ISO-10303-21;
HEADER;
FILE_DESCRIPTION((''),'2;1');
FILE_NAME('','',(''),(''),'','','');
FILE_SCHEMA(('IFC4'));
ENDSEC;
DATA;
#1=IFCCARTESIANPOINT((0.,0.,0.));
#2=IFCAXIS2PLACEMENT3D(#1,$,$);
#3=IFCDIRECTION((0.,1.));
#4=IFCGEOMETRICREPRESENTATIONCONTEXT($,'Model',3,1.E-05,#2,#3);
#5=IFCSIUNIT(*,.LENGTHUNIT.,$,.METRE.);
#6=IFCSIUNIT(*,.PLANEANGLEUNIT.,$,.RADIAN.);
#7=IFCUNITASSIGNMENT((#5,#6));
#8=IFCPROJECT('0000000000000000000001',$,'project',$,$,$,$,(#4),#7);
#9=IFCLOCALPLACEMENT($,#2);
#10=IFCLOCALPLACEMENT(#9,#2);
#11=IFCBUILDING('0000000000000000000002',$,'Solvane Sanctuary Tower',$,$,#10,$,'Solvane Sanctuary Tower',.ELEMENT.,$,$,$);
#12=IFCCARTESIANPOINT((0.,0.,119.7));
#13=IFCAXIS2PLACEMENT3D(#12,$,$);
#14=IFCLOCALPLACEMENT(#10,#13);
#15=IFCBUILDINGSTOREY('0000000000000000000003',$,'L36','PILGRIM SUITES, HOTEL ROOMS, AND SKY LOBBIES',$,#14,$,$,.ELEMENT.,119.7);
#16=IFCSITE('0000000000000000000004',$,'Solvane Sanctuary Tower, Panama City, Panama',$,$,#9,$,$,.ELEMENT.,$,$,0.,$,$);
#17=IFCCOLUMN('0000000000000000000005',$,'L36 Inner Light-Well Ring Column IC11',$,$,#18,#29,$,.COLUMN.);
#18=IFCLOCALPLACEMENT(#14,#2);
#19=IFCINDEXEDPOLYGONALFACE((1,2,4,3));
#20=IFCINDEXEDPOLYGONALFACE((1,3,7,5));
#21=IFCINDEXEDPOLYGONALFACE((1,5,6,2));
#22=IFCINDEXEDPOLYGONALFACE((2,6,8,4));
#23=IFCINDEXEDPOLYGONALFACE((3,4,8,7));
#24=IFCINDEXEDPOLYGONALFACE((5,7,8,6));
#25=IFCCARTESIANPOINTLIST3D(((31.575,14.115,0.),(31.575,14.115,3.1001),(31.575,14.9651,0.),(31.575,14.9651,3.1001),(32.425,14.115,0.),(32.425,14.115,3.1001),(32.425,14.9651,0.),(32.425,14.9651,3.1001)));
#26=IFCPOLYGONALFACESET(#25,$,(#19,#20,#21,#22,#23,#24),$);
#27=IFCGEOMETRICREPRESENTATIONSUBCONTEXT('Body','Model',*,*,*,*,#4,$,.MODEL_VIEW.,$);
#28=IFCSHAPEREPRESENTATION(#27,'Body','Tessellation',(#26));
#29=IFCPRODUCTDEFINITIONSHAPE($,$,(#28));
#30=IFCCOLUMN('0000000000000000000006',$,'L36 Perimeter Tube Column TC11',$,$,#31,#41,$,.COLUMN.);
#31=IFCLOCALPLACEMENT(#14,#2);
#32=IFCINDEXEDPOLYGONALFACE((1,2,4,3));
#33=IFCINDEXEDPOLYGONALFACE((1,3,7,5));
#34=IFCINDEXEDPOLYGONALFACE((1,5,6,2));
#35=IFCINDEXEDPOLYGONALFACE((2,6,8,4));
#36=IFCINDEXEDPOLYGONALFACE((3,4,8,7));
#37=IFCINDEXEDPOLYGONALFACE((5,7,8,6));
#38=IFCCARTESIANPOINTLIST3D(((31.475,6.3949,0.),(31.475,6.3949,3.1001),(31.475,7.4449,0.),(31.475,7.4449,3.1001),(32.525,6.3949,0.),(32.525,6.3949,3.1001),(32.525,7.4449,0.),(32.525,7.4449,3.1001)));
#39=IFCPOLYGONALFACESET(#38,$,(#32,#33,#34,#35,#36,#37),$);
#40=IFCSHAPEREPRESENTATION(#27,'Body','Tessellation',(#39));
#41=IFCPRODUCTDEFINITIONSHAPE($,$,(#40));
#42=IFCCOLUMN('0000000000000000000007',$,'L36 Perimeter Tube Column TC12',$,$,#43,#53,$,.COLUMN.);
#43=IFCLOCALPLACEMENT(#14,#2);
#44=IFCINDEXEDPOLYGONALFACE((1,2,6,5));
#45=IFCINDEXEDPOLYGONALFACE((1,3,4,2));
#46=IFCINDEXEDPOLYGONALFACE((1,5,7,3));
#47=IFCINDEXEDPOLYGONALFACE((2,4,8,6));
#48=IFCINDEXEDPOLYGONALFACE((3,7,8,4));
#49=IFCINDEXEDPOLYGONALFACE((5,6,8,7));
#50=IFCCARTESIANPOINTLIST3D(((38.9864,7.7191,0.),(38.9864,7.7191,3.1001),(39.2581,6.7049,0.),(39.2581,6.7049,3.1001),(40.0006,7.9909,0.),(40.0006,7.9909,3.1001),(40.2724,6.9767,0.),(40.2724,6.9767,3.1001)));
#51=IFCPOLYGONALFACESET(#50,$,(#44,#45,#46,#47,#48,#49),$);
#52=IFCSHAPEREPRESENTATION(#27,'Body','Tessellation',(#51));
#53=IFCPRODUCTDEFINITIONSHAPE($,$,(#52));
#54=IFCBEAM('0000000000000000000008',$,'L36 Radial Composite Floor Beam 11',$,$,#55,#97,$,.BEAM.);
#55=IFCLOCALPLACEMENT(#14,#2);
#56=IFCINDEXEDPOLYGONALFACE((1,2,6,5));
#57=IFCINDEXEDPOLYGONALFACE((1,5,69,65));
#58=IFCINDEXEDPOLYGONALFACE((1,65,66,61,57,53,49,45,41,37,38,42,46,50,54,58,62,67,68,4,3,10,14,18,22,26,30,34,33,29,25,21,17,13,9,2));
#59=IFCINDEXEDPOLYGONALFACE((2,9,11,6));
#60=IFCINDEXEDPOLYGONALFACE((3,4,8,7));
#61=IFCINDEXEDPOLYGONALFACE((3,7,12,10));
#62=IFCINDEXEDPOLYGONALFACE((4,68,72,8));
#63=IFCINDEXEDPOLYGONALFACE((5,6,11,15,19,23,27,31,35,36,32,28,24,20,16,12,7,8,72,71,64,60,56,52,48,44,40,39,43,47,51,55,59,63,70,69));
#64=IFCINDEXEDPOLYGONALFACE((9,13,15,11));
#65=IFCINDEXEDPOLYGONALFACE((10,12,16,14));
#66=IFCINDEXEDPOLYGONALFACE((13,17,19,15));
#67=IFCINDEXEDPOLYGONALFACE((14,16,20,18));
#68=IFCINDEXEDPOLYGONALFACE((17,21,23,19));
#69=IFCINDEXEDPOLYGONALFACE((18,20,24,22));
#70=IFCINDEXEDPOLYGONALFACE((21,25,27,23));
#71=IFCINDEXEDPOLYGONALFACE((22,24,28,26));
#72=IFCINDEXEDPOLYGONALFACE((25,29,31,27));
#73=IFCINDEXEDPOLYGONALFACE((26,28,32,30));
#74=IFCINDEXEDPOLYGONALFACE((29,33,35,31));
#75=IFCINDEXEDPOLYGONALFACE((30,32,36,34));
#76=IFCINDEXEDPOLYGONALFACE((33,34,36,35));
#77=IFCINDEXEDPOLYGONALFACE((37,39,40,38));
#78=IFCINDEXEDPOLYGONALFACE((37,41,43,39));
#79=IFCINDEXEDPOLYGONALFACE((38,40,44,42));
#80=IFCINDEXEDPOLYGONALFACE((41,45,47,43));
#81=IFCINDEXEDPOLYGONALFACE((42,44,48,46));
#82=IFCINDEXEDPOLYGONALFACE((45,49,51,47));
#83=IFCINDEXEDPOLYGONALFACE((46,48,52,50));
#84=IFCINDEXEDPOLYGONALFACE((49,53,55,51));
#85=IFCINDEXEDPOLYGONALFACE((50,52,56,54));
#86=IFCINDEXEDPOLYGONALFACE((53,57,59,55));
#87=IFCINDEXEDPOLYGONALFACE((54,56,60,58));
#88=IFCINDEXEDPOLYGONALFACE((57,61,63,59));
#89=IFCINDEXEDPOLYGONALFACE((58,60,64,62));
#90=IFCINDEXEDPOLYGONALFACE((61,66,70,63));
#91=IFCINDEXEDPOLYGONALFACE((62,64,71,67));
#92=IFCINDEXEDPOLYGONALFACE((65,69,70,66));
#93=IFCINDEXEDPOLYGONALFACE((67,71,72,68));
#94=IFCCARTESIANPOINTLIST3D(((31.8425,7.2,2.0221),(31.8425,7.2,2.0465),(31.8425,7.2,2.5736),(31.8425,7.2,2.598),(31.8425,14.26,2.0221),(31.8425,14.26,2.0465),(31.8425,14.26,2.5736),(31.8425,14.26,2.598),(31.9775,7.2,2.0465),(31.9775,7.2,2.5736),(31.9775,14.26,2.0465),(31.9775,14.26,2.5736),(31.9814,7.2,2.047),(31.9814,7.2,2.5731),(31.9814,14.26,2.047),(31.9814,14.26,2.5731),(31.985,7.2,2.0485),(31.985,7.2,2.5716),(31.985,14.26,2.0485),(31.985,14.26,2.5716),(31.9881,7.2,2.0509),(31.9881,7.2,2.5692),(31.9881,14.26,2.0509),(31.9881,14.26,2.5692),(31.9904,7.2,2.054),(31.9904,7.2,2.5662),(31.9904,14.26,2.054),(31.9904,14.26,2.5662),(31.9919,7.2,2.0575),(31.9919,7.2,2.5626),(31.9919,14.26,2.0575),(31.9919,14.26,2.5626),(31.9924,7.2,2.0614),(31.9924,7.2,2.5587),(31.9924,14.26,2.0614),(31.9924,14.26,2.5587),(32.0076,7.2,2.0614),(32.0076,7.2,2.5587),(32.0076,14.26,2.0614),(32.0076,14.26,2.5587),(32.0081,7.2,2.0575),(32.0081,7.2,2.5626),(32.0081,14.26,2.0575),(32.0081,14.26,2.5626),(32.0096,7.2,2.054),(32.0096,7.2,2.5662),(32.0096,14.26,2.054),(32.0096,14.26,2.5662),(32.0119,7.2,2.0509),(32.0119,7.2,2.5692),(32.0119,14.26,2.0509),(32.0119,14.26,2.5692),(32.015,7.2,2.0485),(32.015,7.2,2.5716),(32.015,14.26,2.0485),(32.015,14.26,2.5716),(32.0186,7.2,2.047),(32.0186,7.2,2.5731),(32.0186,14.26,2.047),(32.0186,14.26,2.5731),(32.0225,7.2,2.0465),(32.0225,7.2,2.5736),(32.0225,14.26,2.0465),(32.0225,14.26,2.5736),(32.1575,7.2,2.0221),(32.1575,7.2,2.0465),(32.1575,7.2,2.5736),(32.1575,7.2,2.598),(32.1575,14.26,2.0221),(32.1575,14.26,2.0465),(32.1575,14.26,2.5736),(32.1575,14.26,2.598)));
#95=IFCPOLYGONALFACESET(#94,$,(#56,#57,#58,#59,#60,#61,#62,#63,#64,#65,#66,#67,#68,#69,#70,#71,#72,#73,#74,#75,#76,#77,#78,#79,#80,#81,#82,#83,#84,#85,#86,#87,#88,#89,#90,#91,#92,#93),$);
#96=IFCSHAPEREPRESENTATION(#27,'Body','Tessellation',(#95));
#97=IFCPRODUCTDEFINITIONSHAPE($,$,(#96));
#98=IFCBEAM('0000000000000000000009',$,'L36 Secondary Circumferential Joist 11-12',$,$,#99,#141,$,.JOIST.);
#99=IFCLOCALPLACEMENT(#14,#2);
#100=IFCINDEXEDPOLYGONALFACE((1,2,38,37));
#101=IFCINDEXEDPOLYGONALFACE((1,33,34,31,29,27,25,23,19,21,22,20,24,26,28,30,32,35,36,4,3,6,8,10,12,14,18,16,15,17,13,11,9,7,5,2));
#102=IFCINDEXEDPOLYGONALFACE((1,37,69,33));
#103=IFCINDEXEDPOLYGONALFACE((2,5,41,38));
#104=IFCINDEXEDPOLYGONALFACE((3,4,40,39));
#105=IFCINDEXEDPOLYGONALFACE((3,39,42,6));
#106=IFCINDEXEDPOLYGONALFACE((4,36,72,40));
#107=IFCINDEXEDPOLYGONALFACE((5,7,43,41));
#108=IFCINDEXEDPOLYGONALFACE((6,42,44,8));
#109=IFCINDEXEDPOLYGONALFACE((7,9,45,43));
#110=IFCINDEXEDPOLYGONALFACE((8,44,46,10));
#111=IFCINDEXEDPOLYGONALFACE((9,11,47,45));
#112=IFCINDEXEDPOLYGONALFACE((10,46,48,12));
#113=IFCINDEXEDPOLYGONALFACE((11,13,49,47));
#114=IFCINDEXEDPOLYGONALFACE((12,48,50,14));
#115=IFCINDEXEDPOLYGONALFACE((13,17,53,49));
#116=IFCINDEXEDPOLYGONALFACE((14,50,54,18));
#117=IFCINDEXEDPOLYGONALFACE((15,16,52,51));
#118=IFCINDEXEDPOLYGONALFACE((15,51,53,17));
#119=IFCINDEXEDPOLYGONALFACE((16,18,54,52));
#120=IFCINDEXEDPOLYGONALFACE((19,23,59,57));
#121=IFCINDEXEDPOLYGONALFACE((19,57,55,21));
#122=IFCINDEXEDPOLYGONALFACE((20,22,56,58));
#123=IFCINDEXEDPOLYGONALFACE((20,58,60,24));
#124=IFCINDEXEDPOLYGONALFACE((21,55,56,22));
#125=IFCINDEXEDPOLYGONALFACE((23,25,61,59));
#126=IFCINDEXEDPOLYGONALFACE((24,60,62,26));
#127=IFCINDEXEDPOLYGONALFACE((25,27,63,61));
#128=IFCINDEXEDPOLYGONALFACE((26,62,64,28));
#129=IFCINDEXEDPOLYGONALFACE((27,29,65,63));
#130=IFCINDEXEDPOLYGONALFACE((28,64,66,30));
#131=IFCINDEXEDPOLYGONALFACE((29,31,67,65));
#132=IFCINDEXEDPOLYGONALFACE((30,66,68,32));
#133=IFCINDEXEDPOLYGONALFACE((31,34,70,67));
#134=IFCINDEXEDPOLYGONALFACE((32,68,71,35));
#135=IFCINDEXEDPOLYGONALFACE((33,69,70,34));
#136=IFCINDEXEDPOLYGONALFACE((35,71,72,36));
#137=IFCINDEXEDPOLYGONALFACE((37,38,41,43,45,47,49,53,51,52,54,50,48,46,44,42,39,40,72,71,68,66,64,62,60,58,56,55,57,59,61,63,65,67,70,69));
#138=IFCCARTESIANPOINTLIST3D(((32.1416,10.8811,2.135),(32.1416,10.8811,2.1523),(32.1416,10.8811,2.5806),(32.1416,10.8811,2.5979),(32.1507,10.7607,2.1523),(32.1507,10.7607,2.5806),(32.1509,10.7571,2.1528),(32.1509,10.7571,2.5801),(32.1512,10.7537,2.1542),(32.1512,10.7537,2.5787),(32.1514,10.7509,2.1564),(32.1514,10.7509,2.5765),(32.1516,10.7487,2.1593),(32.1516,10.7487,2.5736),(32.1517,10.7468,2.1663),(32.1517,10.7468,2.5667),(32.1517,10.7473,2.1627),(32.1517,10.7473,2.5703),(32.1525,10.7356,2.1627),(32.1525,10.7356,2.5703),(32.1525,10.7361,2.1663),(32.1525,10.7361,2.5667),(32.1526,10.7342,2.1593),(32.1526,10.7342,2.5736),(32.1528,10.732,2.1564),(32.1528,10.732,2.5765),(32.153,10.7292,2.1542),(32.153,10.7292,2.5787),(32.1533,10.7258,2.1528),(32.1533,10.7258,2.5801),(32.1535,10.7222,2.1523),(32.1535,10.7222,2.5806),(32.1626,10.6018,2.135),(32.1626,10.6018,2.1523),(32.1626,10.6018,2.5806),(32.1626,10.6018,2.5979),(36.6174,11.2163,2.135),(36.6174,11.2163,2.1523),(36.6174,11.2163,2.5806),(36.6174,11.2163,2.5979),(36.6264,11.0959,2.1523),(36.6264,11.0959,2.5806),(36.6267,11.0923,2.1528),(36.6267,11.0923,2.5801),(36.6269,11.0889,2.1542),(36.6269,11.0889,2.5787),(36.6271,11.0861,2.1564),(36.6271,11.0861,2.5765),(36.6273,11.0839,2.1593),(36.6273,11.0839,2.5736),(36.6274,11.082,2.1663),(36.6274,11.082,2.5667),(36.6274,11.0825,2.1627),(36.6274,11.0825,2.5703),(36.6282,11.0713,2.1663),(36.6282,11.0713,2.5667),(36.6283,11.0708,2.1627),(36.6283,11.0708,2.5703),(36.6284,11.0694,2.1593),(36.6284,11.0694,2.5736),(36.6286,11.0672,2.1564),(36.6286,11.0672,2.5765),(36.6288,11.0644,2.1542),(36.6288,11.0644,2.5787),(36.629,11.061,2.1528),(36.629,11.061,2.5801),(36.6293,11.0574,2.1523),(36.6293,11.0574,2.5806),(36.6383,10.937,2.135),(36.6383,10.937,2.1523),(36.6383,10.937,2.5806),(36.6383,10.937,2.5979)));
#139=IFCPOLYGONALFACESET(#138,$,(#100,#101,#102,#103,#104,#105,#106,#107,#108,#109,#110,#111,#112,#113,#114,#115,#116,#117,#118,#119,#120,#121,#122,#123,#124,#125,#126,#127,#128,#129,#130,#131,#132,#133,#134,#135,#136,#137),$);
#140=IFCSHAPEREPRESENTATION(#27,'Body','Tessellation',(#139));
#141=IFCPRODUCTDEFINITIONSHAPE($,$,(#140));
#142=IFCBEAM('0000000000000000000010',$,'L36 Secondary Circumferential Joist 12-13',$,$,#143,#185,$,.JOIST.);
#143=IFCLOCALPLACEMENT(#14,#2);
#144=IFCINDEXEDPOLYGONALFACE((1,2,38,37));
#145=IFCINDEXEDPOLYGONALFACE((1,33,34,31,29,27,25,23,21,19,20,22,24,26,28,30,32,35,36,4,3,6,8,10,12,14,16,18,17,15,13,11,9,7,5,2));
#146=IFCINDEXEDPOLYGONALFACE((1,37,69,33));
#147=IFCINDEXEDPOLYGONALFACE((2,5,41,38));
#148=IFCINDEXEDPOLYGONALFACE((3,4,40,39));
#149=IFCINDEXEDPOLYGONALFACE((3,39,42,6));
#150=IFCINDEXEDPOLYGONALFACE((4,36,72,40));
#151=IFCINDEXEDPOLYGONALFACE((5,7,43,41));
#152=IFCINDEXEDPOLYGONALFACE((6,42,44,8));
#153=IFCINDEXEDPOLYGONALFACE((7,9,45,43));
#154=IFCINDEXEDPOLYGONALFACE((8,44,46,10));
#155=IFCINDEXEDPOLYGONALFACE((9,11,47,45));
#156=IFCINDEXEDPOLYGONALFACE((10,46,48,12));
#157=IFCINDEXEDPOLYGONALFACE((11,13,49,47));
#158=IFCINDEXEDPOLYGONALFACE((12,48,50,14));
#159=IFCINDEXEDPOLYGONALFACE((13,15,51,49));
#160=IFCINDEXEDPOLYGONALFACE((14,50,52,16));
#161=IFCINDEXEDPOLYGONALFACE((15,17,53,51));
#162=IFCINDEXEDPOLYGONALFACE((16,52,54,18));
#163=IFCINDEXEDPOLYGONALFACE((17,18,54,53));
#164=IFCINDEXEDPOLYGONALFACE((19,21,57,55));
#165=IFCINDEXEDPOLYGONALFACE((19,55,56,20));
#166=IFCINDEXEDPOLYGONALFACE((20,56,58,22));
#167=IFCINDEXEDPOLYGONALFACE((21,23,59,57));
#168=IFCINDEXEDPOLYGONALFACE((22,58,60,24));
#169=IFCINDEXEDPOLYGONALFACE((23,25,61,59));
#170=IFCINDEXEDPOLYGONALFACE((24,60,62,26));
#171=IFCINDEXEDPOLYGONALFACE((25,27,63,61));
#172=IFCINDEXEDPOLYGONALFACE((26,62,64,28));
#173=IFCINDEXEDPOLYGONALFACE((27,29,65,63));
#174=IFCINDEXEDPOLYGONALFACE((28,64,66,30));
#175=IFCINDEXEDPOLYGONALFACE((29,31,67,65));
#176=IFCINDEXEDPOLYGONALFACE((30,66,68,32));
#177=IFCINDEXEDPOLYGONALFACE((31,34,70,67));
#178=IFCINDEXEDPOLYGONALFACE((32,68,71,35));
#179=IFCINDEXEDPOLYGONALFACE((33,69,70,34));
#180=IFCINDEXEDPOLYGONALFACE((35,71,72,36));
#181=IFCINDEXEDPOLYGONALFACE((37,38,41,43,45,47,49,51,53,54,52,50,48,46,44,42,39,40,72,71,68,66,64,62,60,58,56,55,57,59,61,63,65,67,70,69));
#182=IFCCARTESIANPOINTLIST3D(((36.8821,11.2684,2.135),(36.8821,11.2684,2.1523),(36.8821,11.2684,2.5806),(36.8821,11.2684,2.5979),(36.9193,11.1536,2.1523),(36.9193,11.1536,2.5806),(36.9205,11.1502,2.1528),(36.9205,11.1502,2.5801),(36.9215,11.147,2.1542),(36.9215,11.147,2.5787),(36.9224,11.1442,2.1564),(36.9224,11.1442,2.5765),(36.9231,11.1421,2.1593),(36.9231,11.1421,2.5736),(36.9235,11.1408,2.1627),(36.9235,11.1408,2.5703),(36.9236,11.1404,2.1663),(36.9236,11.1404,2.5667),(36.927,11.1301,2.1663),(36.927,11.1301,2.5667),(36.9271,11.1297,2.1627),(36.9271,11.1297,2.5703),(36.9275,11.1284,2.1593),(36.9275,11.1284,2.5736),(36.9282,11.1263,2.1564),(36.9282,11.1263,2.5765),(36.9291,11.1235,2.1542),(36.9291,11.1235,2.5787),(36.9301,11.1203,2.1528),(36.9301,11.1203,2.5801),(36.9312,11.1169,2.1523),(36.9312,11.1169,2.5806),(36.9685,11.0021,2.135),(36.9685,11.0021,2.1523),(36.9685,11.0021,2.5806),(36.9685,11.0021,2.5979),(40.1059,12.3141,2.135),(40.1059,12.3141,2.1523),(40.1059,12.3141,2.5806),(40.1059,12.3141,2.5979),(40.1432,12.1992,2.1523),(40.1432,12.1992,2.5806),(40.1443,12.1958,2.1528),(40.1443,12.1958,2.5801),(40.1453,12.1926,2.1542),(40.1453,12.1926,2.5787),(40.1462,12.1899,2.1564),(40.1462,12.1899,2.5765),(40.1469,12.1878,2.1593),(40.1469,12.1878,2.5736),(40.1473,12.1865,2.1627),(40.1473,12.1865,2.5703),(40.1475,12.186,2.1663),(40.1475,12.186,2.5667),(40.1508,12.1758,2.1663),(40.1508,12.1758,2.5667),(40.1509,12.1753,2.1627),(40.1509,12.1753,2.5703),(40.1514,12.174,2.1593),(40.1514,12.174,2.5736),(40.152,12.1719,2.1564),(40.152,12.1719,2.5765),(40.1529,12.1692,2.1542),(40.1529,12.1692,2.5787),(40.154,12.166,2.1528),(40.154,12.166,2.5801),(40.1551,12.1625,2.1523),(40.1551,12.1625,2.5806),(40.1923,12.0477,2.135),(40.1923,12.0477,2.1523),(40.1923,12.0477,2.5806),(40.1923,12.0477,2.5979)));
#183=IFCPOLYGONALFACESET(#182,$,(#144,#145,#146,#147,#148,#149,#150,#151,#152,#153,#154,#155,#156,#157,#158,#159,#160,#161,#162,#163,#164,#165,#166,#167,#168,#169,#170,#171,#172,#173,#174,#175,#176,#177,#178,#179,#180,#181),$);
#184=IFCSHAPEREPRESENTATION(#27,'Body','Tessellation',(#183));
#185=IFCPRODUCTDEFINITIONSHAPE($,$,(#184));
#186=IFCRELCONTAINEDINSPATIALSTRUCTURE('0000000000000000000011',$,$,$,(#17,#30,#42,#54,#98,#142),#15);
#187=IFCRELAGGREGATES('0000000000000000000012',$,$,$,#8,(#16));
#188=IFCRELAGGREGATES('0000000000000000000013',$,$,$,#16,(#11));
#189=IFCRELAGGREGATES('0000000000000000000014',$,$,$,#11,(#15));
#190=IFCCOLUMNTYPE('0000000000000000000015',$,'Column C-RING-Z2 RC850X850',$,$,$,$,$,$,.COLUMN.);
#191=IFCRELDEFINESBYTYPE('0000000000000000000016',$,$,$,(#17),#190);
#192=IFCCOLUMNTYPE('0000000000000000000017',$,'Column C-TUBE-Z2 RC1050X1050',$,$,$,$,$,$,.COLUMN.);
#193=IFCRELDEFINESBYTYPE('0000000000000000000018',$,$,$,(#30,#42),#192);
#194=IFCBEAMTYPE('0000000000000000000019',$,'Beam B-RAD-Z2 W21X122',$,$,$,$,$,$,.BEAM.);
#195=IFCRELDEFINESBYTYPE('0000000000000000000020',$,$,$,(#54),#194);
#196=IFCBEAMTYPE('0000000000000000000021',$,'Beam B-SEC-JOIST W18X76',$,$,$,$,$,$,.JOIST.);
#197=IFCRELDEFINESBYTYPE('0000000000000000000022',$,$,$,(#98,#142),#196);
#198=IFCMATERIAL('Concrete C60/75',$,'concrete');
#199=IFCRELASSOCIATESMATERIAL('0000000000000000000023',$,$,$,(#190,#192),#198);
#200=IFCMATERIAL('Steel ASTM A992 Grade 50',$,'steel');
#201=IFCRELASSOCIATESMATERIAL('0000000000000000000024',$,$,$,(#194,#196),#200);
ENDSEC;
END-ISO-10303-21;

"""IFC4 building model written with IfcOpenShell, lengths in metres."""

from ifc_helpers import new_model, si_unit, direction, frame, origin, origin_2d, place, context, subcontext, project, spatial, rectangle, i_section, extrude, material, material_profile, profile_set, type_object, element, save


model = new_model("IFC4")

# Units and contexts
model_context = context("Model", 3, precision=1e-05, world=origin(), true_north=direction((0.0, 1.0)))
body_context = subcontext(model_context, "Body", "Model", "MODEL_VIEW")
ifc_project = project(units=[si_unit("LENGTHUNIT", "METRE"), si_unit("PLANEANGLEUNIT", "RADIAN")], contexts=[model_context])

# Site, building, storey
site_placement = place(None, origin())
site = spatial("IfcSite", under=ifc_project, at=site_placement, Name="Solvane Sanctuary Tower, Panama City, Panama", CompositionType="ELEMENT", RefElevation=0.0)
building_placement = place(site_placement, origin())
building = spatial("IfcBuilding", under=site, at=building_placement, Name="Solvane Sanctuary Tower", LongName="Solvane Sanctuary Tower", CompositionType="ELEMENT")
storey_placement = place(building_placement, frame((0.0, 0.0, 119.7)))
storey = spatial("IfcBuildingStorey", under=building, at=storey_placement, Name="L36", Description="PILGRIM SUITES, HOTEL ROOMS, AND SKY LOBBIES", CompositionType="ELEMENT", Elevation=119.7)

# Columns
ifc_material_1 = material(Name="Concrete C60/75", Category="concrete")
ifc_material_profile_1 = material_profile(ifc_material_1, rectangle(XDim=0.8501, YDim=0.8501, at=origin_2d()), Name="RC850X850")
ifc_profile_set_1 = profile_set([ifc_material_profile_1], Name="Concrete C60/75")
column_type_1 = type_object("IfcColumnType", Name="Column C-RING-Z2 RC850X850", PredefinedType="COLUMN", material=ifc_profile_set_1)
column_placement = place(storey_placement, frame((32.0, 14.54, 0.0), z_axis=(0.0, 0.0, 1.0), x_axis=(1.0, 0.0, 0.0)))
element("IfcColumn", 1, at=column_placement, inside=storey, type_object=column_type_1, Name="L36 Inner Light-Well Ring Column IC11", PredefinedType="COLUMN", context=body_context, shape_type="SweptSolid", body=[
    extrude(rectangle(XDim=0.8501, YDim=0.8501, at=origin_2d()), origin(), (0.0, 0.0, 1.0), 3.1001),
])
ifc_material_profile_2 = material_profile(ifc_material_1, rectangle(XDim=1.05, YDim=1.05, at=origin_2d()), Name="RC1050X1050")
ifc_profile_set_2 = profile_set([ifc_material_profile_2], Name="Concrete C60/75")
column_type_2 = type_object("IfcColumnType", Name="Column C-TUBE-Z2 RC1050X1050", PredefinedType="COLUMN", material=ifc_profile_set_2)
for number, where, z_axis, x_axis, name in (
    (2, (32.0, 6.9199, 0.0), (0.0, 0.0, 1.0), (0.0, -1.0, 0.0), "L36 Perimeter Tube Column TC11"),
    (3, (39.6294, 7.3479, 0.0), (0.0, 0.0, 1.0), (0.258819, -0.965926, 0.0), "L36 Perimeter Tube Column TC12"),
):
    element("IfcColumn", number, at=place(storey_placement, frame(where, z_axis=z_axis, x_axis=x_axis)), inside=storey, type_object=column_type_2, Name=name, PredefinedType="COLUMN", context=body_context, shape_type="SweptSolid", body=[
        extrude(rectangle(XDim=1.05, YDim=1.05, at=origin_2d()), origin(), (0.0, 0.0, 1.0), 3.1001),
    ])

# Beams
ifc_material_2 = material(Name="Steel ASTM A992 Grade 50", Category="steel")
ifc_material_profile_3 = material_profile(ifc_material_2, i_section(OverallWidth=0.3149, OverallDepth=0.5759, WebThickness=0.0151, FlangeThickness=0.0244, FilletRadius=0.0149, at=origin_2d()), Name="W21X122")
ifc_profile_set_3 = profile_set([ifc_material_profile_3], Name="Steel ASTM A992 Grade 50")
beam_type_1 = type_object("IfcBeamType", Name="Beam B-RAD-Z2 W21X122", PredefinedType="BEAM", material=ifc_profile_set_3)
beam_1_placement = place(storey_placement, frame((32.0, 14.26, 2.3101), z_axis=(0.0, -1.0, 0.0), x_axis=(1.0, 0.0, 0.0)))
element("IfcBeam", 4, at=beam_1_placement, inside=storey, type_object=beam_type_1, Name="L36 Radial Composite Floor Beam 11", PredefinedType="BEAM", context=body_context, shape_type="SweptSolid", body=[
    extrude(i_section(OverallWidth=0.3149, OverallDepth=0.5759, WebThickness=0.0151, FlangeThickness=0.0244, FilletRadius=0.0149, at=origin_2d()), origin(), (0.0, 0.0, 1.0), 7.0601),
])
ifc_material_profile_4 = material_profile(ifc_material_2, i_section(OverallWidth=0.28, OverallDepth=0.4629, WebThickness=0.0107, FlangeThickness=0.0173, FilletRadius=0.0139, at=origin_2d()), Name="W18X76")
ifc_profile_set_4 = profile_set([ifc_material_profile_4], Name="Steel ASTM A992 Grade 50")
beam_type_2 = type_object("IfcBeamType", Name="Beam B-SEC-JOIST W18X76", PredefinedType="JOIST", material=ifc_profile_set_4)
beam_2_placement = place(storey_placement, frame((32.1521, 10.7415, 2.3665), z_axis=(0.997207, 0.074683, 0.0), x_axis=(-0.074683, 0.997207, 0.0)))
element("IfcBeam", 5, at=beam_2_placement, inside=storey, type_object=beam_type_2, Name="L36 Secondary Circumferential Joist 11-12", PredefinedType="JOIST", context=body_context, shape_type="SweptSolid", body=[
    extrude(i_section(OverallWidth=0.28, OverallDepth=0.4629, WebThickness=0.0107, FlangeThickness=0.0173, FilletRadius=0.0139, at=origin_2d()), origin(), (0.0, 0.0, 1.0), 4.4883),
])
beam_3_placement = place(storey_placement, frame((36.9253, 11.1353, 2.3665), z_axis=(0.951217, 0.308524, 0.0), x_axis=(-0.308524, 0.951217, 0.0)))
element("IfcBeam", 6, at=beam_3_placement, inside=storey, type_object=beam_type_2, Name="L36 Secondary Circumferential Joist 12-13", PredefinedType="JOIST", context=body_context, shape_type="SweptSolid", body=[
    extrude(i_section(OverallWidth=0.28, OverallDepth=0.4629, WebThickness=0.0107, FlangeThickness=0.0173, FilletRadius=0.0139, at=origin_2d()), origin(), (0.0, 0.0, 1.0), 3.3892),
])

save(model, "model.ifc")
